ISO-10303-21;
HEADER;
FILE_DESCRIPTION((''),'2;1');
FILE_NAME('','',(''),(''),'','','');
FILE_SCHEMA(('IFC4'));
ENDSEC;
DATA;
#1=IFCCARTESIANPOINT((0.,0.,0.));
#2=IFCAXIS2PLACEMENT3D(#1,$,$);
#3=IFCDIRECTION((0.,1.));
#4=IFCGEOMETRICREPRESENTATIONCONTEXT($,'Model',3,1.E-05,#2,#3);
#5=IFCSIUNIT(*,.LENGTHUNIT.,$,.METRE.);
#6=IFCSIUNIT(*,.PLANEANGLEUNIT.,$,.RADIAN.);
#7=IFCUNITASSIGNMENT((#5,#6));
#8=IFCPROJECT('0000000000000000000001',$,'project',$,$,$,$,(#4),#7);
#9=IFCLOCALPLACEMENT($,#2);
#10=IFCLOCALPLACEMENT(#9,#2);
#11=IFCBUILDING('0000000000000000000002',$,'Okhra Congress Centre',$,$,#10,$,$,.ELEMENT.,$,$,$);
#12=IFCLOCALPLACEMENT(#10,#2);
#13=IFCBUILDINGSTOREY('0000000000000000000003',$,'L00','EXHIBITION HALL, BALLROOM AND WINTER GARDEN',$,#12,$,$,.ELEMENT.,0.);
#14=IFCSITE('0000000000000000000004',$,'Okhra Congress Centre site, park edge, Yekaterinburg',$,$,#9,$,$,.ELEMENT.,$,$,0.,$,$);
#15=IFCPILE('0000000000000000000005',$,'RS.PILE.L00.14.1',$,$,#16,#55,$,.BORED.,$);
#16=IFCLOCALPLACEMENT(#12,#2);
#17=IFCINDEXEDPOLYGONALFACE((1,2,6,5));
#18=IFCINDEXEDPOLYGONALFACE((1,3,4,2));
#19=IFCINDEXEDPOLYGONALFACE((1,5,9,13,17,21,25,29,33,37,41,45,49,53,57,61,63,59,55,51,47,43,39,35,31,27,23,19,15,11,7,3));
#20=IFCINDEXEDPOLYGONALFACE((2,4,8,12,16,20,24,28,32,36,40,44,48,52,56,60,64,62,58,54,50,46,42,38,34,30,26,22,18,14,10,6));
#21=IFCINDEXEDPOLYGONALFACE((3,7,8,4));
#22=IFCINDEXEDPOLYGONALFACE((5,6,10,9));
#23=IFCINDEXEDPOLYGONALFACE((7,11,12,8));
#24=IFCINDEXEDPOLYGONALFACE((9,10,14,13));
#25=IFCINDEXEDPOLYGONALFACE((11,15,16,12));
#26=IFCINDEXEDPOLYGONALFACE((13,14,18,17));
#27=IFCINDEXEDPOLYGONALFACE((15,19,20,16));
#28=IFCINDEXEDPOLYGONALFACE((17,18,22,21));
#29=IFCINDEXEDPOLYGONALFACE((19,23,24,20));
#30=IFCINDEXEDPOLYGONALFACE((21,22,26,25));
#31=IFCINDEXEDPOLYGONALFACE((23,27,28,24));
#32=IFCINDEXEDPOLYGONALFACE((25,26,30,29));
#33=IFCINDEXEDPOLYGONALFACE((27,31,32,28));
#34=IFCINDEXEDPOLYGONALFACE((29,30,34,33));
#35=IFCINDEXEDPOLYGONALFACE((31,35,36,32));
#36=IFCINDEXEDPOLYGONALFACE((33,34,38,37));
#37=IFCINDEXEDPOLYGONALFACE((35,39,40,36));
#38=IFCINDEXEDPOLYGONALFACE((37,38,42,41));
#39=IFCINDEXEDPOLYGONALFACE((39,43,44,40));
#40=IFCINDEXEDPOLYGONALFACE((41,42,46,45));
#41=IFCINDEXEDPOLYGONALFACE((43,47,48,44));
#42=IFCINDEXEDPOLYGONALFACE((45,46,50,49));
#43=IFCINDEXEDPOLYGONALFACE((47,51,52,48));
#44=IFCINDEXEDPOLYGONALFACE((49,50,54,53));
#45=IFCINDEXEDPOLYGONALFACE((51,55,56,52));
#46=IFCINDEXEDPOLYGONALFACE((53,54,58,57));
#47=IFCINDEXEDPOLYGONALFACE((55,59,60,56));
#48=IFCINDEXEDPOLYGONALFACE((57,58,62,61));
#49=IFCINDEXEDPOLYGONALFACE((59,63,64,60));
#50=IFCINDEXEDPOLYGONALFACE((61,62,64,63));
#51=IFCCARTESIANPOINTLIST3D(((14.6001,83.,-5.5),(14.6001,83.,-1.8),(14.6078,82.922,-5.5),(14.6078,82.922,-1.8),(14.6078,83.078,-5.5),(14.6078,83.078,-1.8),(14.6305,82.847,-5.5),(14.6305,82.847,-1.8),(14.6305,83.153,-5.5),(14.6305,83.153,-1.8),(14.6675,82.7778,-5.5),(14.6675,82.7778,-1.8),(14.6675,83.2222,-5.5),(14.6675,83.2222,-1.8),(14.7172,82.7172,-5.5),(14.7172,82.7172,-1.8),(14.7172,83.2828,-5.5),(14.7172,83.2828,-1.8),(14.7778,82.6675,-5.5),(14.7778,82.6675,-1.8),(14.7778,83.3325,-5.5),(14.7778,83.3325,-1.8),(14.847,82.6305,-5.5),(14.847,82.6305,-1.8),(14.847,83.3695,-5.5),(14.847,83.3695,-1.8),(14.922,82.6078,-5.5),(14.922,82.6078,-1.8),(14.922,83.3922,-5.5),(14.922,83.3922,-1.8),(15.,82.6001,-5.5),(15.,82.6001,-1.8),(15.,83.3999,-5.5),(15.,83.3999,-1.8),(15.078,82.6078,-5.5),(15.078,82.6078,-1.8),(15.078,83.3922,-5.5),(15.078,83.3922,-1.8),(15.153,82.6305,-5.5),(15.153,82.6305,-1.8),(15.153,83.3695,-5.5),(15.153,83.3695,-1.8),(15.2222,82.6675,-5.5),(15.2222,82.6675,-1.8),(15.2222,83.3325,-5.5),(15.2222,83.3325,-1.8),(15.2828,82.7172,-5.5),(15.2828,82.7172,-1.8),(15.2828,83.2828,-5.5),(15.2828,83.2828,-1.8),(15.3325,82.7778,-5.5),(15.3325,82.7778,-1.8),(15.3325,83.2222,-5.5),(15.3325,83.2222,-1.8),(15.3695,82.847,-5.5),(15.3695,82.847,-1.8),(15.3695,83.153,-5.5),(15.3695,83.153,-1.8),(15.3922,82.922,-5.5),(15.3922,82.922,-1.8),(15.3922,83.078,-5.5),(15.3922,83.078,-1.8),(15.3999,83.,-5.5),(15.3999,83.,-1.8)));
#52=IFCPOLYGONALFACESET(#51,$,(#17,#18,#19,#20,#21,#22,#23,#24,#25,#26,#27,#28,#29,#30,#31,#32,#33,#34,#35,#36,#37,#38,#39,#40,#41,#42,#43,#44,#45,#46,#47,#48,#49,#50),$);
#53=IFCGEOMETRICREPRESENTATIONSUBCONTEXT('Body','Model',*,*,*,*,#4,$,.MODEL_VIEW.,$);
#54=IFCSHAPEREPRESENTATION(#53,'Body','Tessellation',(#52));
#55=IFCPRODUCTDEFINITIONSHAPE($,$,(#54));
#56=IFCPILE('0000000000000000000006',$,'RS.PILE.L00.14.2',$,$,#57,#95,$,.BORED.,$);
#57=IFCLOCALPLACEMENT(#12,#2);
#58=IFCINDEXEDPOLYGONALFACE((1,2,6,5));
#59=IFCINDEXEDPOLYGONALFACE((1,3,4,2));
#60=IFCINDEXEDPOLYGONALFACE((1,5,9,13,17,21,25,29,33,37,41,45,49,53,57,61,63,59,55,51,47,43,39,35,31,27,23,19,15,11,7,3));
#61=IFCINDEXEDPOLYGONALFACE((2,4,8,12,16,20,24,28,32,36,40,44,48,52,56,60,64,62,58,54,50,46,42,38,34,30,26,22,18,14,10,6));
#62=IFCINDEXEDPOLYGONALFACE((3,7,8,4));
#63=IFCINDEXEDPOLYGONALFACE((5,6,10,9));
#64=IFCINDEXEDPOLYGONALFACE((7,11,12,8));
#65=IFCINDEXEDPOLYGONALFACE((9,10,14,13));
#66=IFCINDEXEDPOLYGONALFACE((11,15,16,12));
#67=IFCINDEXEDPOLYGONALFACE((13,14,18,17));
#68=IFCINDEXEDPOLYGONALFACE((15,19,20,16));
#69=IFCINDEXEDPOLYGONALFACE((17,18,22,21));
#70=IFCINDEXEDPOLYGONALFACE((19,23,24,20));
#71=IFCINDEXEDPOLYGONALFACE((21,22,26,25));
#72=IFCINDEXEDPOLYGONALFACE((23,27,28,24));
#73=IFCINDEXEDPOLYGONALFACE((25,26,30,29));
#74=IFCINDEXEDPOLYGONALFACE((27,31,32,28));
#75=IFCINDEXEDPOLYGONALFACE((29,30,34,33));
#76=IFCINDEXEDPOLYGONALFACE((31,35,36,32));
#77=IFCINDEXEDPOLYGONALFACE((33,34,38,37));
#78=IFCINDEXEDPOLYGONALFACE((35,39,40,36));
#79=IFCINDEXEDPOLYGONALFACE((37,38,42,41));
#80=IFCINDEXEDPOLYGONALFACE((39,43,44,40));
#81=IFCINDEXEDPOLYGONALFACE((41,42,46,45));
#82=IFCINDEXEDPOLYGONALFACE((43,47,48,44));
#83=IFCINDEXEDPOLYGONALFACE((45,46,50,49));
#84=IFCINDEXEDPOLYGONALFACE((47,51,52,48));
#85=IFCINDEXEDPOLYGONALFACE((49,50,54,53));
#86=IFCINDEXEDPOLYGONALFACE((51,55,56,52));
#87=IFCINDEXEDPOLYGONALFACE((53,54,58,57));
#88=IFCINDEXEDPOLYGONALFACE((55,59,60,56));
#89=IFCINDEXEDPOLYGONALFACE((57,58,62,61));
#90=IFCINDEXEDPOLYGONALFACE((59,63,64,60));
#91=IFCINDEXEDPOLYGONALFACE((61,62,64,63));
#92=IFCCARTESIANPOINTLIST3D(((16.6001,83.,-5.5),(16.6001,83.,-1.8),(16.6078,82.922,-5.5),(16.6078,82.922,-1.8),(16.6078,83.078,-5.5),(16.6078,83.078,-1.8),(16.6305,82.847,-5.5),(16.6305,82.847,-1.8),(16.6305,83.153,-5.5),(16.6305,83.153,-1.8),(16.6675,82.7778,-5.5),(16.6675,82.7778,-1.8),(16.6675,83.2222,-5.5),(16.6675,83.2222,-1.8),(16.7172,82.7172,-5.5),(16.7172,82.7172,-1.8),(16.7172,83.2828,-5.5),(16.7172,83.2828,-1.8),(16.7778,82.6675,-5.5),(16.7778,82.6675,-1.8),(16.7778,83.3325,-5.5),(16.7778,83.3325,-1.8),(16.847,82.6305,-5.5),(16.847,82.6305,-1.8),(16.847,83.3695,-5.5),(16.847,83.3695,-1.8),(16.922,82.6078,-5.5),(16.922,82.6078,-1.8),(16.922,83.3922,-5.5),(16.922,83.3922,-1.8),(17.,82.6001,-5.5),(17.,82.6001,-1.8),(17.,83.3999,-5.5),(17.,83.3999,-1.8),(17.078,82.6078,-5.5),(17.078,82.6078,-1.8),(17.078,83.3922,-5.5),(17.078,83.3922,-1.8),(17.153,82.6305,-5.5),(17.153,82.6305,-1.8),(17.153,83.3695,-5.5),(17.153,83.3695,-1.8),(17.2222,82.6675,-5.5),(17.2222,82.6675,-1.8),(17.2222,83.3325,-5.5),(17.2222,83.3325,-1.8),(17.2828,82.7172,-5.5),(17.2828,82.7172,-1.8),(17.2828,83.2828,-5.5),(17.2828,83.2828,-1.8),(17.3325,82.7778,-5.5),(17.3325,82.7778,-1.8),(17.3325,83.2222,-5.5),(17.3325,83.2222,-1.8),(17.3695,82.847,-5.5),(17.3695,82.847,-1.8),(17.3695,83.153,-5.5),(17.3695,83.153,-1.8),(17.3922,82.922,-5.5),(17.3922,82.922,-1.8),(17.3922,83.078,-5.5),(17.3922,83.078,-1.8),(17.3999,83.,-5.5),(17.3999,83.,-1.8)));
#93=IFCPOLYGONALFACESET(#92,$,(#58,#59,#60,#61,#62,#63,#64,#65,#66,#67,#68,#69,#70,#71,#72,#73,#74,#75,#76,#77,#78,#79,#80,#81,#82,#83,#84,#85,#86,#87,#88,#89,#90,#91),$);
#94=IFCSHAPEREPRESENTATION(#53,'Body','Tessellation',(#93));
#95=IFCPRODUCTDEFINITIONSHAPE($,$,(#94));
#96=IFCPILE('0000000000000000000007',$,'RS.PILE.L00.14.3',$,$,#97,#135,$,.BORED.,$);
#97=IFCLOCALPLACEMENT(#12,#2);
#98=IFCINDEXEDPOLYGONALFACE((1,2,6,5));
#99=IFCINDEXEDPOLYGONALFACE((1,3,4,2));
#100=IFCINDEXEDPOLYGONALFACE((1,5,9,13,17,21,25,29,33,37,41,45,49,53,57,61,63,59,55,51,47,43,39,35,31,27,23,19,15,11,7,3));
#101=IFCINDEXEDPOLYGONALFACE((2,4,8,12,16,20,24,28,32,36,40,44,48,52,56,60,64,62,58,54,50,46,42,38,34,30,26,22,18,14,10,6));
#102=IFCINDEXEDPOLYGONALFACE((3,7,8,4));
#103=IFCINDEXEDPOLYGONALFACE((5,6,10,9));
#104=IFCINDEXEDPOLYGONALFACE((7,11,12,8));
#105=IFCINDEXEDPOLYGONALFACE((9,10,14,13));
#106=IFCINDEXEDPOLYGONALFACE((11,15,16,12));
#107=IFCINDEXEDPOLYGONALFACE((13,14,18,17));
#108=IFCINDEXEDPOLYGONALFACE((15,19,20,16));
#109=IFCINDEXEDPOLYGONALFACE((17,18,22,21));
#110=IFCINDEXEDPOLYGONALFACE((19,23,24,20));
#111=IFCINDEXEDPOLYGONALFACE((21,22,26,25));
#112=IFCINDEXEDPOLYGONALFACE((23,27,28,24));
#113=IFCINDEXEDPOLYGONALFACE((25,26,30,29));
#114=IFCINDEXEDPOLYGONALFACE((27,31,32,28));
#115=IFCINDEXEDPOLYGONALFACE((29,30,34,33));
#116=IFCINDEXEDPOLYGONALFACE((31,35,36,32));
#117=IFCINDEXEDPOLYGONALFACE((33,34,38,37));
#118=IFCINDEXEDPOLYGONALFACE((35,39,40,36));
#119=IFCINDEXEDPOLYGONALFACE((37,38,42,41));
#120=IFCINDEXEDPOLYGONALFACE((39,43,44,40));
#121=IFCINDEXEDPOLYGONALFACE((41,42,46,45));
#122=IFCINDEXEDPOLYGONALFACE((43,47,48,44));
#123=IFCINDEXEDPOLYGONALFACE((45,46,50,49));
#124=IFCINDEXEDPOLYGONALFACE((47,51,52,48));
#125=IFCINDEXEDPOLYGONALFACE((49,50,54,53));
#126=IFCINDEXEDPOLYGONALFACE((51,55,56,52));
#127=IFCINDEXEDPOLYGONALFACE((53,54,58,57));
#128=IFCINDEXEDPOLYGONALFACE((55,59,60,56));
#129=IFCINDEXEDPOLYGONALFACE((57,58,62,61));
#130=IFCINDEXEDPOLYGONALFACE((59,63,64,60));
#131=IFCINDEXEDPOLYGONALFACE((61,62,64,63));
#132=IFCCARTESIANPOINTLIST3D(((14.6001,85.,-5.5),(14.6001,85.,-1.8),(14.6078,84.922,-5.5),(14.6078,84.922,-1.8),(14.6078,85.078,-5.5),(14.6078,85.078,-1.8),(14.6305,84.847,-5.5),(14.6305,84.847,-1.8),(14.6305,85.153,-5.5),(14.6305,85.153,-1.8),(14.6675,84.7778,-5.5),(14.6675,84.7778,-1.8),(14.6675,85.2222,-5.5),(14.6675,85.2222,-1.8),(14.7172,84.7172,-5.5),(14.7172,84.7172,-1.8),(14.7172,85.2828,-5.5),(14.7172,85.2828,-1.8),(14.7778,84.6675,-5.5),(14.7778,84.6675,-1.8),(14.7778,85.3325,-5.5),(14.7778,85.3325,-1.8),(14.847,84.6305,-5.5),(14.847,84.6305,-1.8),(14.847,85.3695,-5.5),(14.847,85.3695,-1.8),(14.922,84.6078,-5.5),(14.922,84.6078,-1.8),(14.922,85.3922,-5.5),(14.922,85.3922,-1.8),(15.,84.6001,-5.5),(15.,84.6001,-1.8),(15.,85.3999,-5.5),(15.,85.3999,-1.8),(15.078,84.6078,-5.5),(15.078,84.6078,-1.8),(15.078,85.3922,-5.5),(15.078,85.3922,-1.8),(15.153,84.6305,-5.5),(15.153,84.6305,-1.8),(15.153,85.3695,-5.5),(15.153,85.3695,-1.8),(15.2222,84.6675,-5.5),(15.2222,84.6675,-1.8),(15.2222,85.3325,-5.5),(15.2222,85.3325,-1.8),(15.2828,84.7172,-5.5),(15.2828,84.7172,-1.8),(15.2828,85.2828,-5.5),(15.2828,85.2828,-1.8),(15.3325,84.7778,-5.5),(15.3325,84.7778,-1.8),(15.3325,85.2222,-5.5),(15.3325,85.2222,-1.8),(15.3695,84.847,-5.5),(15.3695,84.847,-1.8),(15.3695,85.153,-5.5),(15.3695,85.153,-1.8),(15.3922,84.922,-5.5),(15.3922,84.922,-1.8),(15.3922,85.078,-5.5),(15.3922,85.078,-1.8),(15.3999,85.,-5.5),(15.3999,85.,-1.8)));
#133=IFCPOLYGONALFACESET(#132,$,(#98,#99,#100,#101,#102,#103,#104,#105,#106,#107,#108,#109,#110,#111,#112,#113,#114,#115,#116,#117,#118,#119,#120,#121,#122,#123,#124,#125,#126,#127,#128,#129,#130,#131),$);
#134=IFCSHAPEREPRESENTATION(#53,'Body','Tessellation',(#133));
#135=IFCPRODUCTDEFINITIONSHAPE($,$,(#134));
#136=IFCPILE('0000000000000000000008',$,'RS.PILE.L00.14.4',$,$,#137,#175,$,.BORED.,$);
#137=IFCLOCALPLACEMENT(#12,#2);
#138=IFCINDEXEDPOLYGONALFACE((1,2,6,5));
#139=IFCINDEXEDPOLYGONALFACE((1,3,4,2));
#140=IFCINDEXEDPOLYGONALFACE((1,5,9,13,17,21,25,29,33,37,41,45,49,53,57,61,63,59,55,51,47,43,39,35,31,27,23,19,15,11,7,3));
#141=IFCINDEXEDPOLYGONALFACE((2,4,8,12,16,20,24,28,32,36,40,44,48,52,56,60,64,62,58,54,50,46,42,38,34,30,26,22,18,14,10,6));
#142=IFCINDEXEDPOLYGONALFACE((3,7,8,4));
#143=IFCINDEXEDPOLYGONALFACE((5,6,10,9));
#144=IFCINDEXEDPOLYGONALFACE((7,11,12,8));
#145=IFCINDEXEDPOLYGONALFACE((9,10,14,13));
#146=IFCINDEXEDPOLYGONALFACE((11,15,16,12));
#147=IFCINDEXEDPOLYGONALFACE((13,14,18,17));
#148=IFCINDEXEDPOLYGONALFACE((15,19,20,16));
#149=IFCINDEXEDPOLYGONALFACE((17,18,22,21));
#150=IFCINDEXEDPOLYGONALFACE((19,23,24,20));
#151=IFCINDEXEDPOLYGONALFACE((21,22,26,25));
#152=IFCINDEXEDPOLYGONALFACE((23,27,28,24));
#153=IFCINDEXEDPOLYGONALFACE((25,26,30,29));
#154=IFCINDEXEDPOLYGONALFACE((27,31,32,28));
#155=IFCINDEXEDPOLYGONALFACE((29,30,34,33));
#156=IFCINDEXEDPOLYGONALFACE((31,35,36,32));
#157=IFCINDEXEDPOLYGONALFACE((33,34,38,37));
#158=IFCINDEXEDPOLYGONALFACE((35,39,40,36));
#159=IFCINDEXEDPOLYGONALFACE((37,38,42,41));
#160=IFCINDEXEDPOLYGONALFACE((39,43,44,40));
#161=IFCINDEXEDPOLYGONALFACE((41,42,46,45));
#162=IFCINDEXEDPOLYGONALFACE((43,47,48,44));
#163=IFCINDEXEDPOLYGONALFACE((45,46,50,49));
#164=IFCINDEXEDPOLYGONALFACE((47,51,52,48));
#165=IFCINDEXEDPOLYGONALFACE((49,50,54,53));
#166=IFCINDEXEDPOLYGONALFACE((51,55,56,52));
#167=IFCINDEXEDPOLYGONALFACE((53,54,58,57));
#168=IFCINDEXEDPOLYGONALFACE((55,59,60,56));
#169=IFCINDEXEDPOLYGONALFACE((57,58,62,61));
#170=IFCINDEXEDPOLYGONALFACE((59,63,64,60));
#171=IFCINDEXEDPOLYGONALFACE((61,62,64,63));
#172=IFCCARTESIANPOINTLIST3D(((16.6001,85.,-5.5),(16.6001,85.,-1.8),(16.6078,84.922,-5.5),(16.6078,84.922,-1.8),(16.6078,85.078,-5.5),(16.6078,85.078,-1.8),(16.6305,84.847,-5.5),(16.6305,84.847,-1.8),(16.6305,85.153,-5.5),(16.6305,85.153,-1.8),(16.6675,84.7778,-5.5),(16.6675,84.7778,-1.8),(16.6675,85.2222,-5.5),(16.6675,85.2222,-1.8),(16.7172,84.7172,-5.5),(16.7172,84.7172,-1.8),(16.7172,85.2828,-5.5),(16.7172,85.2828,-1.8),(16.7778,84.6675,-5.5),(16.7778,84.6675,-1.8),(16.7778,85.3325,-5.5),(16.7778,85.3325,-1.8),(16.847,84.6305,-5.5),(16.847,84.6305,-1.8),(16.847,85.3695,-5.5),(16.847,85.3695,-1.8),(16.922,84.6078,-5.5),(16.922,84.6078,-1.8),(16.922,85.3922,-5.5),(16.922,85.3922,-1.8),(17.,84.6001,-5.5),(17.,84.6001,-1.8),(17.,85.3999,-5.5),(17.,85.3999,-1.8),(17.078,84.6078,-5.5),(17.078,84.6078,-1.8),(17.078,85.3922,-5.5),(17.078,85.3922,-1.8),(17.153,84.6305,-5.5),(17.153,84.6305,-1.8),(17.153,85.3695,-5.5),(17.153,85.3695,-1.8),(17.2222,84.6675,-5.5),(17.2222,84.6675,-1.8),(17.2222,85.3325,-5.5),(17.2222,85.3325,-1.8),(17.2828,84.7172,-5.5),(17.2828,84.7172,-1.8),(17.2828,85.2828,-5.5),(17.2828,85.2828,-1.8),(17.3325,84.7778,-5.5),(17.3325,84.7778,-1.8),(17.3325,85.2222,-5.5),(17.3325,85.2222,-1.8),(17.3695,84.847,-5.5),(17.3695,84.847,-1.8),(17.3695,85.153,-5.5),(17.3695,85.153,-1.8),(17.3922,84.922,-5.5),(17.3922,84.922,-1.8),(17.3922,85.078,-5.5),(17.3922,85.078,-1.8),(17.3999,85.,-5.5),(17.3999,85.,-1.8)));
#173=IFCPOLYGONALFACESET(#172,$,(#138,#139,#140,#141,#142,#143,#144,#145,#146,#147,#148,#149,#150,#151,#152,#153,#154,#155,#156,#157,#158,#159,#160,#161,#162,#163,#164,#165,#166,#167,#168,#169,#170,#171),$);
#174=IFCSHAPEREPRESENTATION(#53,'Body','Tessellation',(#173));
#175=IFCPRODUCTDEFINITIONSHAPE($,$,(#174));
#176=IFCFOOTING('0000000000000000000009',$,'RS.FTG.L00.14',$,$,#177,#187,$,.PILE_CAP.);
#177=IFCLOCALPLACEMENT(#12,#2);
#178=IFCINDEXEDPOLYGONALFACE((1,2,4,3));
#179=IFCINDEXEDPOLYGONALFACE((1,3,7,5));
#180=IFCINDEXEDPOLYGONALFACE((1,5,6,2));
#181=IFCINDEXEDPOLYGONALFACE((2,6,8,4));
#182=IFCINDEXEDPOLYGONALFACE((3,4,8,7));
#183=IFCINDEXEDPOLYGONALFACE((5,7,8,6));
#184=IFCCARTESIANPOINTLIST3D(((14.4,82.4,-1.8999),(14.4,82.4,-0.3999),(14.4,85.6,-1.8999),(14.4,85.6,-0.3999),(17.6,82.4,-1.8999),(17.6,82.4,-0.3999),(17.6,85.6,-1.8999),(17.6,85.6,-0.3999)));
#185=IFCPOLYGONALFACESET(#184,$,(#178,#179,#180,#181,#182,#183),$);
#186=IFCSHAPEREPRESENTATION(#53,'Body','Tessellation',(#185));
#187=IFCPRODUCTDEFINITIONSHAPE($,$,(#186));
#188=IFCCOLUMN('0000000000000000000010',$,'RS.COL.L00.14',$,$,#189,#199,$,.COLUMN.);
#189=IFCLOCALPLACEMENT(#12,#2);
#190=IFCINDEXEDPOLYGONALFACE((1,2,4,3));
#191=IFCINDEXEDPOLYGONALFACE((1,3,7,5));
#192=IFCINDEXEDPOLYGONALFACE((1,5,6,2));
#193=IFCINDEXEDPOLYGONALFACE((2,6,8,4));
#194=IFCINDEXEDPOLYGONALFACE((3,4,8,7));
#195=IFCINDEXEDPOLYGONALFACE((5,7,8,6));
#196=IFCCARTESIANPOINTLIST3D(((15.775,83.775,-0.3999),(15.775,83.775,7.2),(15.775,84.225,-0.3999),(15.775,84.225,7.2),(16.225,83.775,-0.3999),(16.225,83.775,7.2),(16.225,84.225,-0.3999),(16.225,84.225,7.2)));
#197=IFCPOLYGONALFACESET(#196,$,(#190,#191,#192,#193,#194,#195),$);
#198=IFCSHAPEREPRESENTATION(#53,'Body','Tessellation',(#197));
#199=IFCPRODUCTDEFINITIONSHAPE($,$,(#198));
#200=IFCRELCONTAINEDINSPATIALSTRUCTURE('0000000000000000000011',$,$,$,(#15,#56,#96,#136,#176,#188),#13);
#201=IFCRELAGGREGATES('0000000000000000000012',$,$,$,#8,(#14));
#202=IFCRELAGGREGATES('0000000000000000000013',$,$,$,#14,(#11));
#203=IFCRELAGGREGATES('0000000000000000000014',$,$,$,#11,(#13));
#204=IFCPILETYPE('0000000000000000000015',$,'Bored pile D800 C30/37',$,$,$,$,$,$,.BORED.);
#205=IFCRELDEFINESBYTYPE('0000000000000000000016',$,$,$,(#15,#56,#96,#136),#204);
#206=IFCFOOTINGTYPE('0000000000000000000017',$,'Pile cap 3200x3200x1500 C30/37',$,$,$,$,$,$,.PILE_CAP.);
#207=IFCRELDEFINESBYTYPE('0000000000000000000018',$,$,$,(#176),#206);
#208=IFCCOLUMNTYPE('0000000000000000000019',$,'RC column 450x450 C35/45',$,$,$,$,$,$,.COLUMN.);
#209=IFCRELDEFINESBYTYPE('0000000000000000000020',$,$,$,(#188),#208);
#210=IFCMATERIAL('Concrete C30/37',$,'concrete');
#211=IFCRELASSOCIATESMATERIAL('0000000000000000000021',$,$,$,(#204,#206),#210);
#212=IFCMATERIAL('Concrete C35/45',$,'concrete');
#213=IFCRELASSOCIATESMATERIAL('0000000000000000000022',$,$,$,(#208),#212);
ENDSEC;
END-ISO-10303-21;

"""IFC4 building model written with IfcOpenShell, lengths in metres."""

from ifc_helpers import new_model, si_unit, direction, frame, origin, origin_2d, place, context, subcontext, project, spatial, rectangle, circle, extrude, material, material_profile, profile_set, type_object, element, save


model = new_model("IFC4")

# Units and contexts
model_context = context("Model", 3, precision=1e-05, world=origin(), true_north=direction((0.0, 1.0)))
body_context = subcontext(model_context, "Body", "Model", "MODEL_VIEW")
ifc_project = project(units=[si_unit("LENGTHUNIT", "METRE"), si_unit("PLANEANGLEUNIT", "RADIAN")], contexts=[model_context])

# Site, building, storey
site_placement = place(None, origin())
site = spatial("IfcSite", under=ifc_project, at=site_placement, Name="Okhra Congress Centre site, park edge, Yekaterinburg", CompositionType="ELEMENT", RefElevation=0.0)
building_placement = place(site_placement, origin())
building = spatial("IfcBuilding", under=site, at=building_placement, Name="Okhra Congress Centre", CompositionType="ELEMENT")
storey_placement = place(building_placement, origin())
storey = spatial("IfcBuildingStorey", under=building, at=storey_placement, Name="L00", Description="EXHIBITION HALL, BALLROOM AND WINTER GARDEN", CompositionType="ELEMENT", Elevation=0.0)

# Piles
ifc_material_1 = material(Name="Concrete C30/37", Category="concrete")
ifc_material_profile_1 = material_profile(ifc_material_1, circle(Radius=0.3999, at=origin_2d()), Name="D800")
ifc_profile_set_1 = profile_set([ifc_material_profile_1], Name="Concrete C30/37")
pile_type = type_object("IfcPileType", Name="Bored pile D800 C30/37", PredefinedType="BORED", material=ifc_profile_set_1)
for number, where, z_axis, x_axis, name in (
    (1, (15.0, 83.0, -1.8), (0.0, 0.0, -1.0), (1.0, 0.0, 0.0), "RS.PILE.L00.14.1"),
    (2, (17.0, 83.0, -1.8), (0.0, 0.0, -1.0), (1.0, 0.0, 0.0), "RS.PILE.L00.14.2"),
    (3, (15.0, 85.0, -1.8), (0.0, 0.0, -1.0), (1.0, 0.0, 0.0), "RS.PILE.L00.14.3"),
    (4, (17.0, 85.0, -1.8), (0.0, 0.0, -1.0), (1.0, 0.0, 0.0), "RS.PILE.L00.14.4"),
):
    element("IfcPile", number, at=place(storey_placement, frame(where, z_axis=z_axis, x_axis=x_axis)), inside=storey, type_object=pile_type, Name=name, PredefinedType="BORED", context=body_context, shape_type="SweptSolid", body=[
        extrude(circle(Radius=0.3999, at=origin_2d()), origin(), (0.0, 0.0, 1.0), 3.7),
    ])

# Footing
footing_type = type_object("IfcFootingType", Name="Pile cap 3200x3200x1500 C30/37", PredefinedType="PILE_CAP", material=ifc_material_1)
footing_placement = place(storey_placement, frame((16.0, 84.0, -1.8999), z_axis=(0.0, 0.0, 1.0), x_axis=(1.0, 0.0, 0.0)))
element("IfcFooting", 5, at=footing_placement, inside=storey, type_object=footing_type, Name="RS.FTG.L00.14", PredefinedType="PILE_CAP", context=body_context, shape_type="SweptSolid", body=[
    extrude(rectangle(XDim=3.2, YDim=3.2, at=origin_2d()), origin(), (0.0, 0.0, 1.0), 1.5),
])

# Column
ifc_material_2 = material(Name="Concrete C35/45", Category="concrete")
ifc_material_profile_2 = material_profile(ifc_material_2, rectangle(XDim=0.45, YDim=0.45, at=origin_2d()), Name="RC 450x450")
ifc_profile_set_2 = profile_set([ifc_material_profile_2], Name="Concrete C35/45")
column_type = type_object("IfcColumnType", Name="RC column 450x450 C35/45", PredefinedType="COLUMN", material=ifc_profile_set_2)
column_placement = place(storey_placement, frame((16.0, 84.0, -0.3999), z_axis=(0.0, 0.0, 1.0), x_axis=(1.0, 0.0, 0.0)))
element("IfcColumn", 6, at=column_placement, inside=storey, type_object=column_type, Name="RS.COL.L00.14", PredefinedType="COLUMN", context=body_context, shape_type="SweptSolid", body=[
    extrude(rectangle(XDim=0.45, YDim=0.45, at=origin_2d()), origin(), (0.0, 0.0, 1.0), 7.5999),
])

save(model, "model.ifc")
